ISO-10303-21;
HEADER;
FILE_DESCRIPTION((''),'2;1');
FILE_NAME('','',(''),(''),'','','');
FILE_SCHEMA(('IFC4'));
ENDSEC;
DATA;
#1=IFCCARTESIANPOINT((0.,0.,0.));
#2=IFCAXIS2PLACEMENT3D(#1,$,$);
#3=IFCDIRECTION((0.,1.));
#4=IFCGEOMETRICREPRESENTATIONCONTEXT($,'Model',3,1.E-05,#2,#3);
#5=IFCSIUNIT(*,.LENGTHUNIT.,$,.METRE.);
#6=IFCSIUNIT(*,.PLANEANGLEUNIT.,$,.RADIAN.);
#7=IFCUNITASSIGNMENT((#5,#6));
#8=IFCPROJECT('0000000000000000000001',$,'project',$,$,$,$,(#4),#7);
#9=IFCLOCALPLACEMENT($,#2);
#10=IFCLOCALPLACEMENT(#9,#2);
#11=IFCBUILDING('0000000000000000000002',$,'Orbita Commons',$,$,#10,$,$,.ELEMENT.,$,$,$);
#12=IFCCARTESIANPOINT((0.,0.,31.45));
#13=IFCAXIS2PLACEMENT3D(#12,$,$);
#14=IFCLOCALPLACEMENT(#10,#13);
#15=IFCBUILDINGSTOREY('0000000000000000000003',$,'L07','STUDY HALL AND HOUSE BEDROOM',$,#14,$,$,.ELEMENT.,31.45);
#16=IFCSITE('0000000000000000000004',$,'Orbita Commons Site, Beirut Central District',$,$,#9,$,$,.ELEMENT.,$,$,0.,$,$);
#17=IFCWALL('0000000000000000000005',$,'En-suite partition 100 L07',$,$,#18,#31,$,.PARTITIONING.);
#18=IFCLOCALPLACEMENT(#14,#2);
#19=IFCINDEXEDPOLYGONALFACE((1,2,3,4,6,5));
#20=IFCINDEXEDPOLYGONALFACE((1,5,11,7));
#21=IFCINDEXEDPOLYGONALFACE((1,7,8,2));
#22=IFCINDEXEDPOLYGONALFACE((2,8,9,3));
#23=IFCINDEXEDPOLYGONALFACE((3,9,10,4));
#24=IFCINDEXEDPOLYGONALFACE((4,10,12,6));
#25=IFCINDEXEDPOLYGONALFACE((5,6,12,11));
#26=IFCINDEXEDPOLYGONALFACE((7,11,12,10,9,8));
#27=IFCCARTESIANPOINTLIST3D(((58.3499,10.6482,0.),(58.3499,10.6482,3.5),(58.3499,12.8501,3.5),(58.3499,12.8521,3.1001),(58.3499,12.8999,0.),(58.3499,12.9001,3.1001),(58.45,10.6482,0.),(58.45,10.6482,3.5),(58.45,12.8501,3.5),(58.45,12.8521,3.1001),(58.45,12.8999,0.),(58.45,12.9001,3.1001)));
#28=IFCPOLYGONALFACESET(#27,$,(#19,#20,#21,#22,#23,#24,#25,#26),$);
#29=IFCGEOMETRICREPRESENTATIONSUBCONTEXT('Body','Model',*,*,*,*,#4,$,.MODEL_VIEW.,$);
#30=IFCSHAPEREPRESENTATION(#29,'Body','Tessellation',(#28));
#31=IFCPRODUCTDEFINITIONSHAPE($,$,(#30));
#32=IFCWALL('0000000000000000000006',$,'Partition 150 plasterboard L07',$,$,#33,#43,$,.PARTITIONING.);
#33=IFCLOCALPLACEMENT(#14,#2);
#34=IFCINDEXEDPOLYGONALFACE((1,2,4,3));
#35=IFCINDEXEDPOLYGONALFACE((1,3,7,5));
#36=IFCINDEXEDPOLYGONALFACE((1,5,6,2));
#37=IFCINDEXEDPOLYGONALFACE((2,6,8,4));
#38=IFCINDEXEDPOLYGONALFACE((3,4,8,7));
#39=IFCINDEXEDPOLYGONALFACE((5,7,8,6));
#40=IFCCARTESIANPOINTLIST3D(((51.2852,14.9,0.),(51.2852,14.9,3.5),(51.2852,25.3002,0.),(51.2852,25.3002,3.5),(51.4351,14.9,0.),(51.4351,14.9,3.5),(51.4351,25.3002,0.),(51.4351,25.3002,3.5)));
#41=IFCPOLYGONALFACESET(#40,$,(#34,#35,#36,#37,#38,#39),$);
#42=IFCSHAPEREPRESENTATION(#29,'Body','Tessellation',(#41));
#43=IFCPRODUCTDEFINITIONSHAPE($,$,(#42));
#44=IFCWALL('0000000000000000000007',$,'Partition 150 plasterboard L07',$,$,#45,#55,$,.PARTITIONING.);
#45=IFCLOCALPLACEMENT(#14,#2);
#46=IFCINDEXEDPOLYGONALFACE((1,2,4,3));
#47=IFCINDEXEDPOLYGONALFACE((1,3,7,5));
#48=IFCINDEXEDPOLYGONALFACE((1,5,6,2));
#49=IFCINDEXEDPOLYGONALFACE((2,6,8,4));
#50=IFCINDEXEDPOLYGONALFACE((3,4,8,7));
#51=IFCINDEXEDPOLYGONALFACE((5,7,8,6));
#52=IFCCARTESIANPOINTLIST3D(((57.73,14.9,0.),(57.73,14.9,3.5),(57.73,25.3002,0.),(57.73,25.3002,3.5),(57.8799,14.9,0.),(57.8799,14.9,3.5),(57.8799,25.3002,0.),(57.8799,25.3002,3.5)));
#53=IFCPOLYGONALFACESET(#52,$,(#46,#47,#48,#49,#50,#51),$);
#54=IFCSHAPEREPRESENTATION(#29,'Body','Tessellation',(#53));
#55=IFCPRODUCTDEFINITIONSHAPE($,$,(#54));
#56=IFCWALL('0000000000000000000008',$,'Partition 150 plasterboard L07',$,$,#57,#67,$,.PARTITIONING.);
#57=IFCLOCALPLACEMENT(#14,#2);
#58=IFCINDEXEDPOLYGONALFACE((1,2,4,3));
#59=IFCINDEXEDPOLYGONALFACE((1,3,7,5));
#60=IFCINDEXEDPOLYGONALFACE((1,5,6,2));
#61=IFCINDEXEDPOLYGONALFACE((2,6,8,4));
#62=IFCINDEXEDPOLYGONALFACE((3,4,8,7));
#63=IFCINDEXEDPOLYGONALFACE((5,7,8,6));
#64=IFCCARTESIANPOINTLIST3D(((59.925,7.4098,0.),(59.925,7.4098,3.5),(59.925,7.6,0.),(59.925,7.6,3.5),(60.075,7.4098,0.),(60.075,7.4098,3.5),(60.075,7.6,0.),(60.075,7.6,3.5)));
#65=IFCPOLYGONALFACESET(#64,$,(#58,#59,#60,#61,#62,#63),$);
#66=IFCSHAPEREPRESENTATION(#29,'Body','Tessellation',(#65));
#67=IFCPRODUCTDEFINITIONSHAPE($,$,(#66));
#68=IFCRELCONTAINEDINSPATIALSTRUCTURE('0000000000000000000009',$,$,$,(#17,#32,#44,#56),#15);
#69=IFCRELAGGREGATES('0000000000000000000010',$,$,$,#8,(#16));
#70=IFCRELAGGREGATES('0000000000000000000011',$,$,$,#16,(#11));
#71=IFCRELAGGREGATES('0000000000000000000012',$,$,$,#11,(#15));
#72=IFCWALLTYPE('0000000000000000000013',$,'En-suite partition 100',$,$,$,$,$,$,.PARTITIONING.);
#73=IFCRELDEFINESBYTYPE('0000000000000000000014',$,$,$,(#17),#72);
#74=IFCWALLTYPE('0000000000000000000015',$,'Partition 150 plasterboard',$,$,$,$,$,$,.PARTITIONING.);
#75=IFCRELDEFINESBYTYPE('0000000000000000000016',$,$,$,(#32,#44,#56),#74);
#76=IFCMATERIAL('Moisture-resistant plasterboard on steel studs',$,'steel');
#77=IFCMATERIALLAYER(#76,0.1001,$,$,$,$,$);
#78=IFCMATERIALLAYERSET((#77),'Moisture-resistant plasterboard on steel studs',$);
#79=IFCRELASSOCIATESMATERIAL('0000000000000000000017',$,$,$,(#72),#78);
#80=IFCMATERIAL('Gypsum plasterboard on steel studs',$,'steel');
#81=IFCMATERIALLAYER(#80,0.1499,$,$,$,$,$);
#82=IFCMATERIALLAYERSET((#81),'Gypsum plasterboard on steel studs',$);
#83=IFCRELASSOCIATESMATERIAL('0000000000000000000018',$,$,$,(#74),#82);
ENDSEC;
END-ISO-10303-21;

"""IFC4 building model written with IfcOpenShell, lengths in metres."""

from ifc_helpers import new_model, si_unit, direction, frame, frame_2d, origin, place, context, subcontext, project, spatial, polyline, rectangle, outline, extrude, material, layer, layer_set, type_object, element, save


model = new_model("IFC4")

# Units and contexts
model_context = context("Model", 3, precision=1e-05, world=origin(), true_north=direction((0.0, 1.0)))
body_context = subcontext(model_context, "Body", "Model", "MODEL_VIEW")
ifc_project = project(units=[si_unit("LENGTHUNIT", "METRE"), si_unit("PLANEANGLEUNIT", "RADIAN")], contexts=[model_context])

# Site, building, storey
site_placement = place(None, origin())
site = spatial("IfcSite", under=ifc_project, at=site_placement, Name="Orbita Commons Site, Beirut Central District", CompositionType="ELEMENT", RefElevation=0.0)
building_placement = place(site_placement, origin())
building = spatial("IfcBuilding", under=site, at=building_placement, Name="Orbita Commons", CompositionType="ELEMENT")
storey_placement = place(building_placement, frame((0.0, 0.0, 31.45)))
storey = spatial("IfcBuildingStorey", under=building, at=storey_placement, Name="L07", Description="STUDY HALL AND HOUSE BEDROOM", CompositionType="ELEMENT", Elevation=31.45)

# Shared definitions
ifc_material_1 = material(Name="Moisture-resistant plasterboard on steel studs", Category="steel")
ifc_layer_1 = layer(ifc_material_1, 0.1001)
ifc_layer_set_1 = layer_set([ifc_layer_1], Name="Moisture-resistant plasterboard on steel studs")
wall_type_1 = type_object("IfcWallType", Name="En-suite partition 100", PredefinedType="PARTITIONING", material=ifc_layer_set_1)

# Walls
wall_1_placement = place(storey_placement, frame((58.3999, 10.6482, 0.0), z_axis=(0.0, 0.0, 1.0), x_axis=(0.0, 1.0, 0.0)))
element("IfcWall", 1, at=wall_1_placement, inside=storey, type_object=wall_type_1, Name="En-suite partition 100 L07", PredefinedType="PARTITIONING", context=body_context, shape_type="SweptSolid", body=[
    extrude(outline(polyline([(0.0, 0.0), (2.2517, 0.0), (2.252, 3.1001), (2.2039, 3.1001), (2.2019, 3.5), (0.0, 3.5), (0.0, 0.0)])), frame((0.0, 0.05, 0.0), z_axis=(0.0, -1.0, 0.0), x_axis=(1.0, 0.0, 0.0)), (0.0, 0.0, 1.0), 0.1001),
])
ifc_material_2 = material(Name="Gypsum plasterboard on steel studs", Category="steel")
ifc_layer_2 = layer(ifc_material_2, 0.1499)
ifc_layer_set_2 = layer_set([ifc_layer_2], Name="Gypsum plasterboard on steel studs")
wall_type_2 = type_object("IfcWallType", Name="Partition 150 plasterboard", PredefinedType="PARTITIONING", material=ifc_layer_set_2)
for number, where, z_axis, x_axis, name in (
    (2, (51.3601, 14.8999, 0.0), (0.0, 0.0, 1.0), (0.0, 1.0, 0.0), "Partition 150 plasterboard L07"),
    (3, (57.8049, 14.8999, 0.0), (0.0, 0.0, 1.0), (0.0, 1.0, 0.0), "Partition 150 plasterboard L07"),
):
    element("IfcWall", number, at=place(storey_placement, frame(where, z_axis=z_axis, x_axis=x_axis)), inside=storey, type_object=wall_type_2, Name=name, PredefinedType="PARTITIONING", context=body_context, shape_type="SweptSolid", body=[
        extrude(rectangle(XDim=10.4001, YDim=0.1499, at=frame_2d((5.2002, 0.0))), origin(), (0.0, 0.0, 1.0), 3.5),
    ])
wall_2_placement = place(storey_placement, frame((60.0, 7.6001, 0.0), z_axis=(0.0, 0.0, 1.0), x_axis=(0.0, -1.0, 0.0)))
element("IfcWall", 4, at=wall_2_placement, inside=storey, type_object=wall_type_2, Name="Partition 150 plasterboard L07", PredefinedType="PARTITIONING", context=body_context, shape_type="SweptSolid", body=[
    extrude(rectangle(XDim=0.1902, YDim=0.1499, at=frame_2d((0.0952, 0.0))), origin(), (0.0, 0.0, 1.0), 3.5),
])

save(model, "model.ifc")
